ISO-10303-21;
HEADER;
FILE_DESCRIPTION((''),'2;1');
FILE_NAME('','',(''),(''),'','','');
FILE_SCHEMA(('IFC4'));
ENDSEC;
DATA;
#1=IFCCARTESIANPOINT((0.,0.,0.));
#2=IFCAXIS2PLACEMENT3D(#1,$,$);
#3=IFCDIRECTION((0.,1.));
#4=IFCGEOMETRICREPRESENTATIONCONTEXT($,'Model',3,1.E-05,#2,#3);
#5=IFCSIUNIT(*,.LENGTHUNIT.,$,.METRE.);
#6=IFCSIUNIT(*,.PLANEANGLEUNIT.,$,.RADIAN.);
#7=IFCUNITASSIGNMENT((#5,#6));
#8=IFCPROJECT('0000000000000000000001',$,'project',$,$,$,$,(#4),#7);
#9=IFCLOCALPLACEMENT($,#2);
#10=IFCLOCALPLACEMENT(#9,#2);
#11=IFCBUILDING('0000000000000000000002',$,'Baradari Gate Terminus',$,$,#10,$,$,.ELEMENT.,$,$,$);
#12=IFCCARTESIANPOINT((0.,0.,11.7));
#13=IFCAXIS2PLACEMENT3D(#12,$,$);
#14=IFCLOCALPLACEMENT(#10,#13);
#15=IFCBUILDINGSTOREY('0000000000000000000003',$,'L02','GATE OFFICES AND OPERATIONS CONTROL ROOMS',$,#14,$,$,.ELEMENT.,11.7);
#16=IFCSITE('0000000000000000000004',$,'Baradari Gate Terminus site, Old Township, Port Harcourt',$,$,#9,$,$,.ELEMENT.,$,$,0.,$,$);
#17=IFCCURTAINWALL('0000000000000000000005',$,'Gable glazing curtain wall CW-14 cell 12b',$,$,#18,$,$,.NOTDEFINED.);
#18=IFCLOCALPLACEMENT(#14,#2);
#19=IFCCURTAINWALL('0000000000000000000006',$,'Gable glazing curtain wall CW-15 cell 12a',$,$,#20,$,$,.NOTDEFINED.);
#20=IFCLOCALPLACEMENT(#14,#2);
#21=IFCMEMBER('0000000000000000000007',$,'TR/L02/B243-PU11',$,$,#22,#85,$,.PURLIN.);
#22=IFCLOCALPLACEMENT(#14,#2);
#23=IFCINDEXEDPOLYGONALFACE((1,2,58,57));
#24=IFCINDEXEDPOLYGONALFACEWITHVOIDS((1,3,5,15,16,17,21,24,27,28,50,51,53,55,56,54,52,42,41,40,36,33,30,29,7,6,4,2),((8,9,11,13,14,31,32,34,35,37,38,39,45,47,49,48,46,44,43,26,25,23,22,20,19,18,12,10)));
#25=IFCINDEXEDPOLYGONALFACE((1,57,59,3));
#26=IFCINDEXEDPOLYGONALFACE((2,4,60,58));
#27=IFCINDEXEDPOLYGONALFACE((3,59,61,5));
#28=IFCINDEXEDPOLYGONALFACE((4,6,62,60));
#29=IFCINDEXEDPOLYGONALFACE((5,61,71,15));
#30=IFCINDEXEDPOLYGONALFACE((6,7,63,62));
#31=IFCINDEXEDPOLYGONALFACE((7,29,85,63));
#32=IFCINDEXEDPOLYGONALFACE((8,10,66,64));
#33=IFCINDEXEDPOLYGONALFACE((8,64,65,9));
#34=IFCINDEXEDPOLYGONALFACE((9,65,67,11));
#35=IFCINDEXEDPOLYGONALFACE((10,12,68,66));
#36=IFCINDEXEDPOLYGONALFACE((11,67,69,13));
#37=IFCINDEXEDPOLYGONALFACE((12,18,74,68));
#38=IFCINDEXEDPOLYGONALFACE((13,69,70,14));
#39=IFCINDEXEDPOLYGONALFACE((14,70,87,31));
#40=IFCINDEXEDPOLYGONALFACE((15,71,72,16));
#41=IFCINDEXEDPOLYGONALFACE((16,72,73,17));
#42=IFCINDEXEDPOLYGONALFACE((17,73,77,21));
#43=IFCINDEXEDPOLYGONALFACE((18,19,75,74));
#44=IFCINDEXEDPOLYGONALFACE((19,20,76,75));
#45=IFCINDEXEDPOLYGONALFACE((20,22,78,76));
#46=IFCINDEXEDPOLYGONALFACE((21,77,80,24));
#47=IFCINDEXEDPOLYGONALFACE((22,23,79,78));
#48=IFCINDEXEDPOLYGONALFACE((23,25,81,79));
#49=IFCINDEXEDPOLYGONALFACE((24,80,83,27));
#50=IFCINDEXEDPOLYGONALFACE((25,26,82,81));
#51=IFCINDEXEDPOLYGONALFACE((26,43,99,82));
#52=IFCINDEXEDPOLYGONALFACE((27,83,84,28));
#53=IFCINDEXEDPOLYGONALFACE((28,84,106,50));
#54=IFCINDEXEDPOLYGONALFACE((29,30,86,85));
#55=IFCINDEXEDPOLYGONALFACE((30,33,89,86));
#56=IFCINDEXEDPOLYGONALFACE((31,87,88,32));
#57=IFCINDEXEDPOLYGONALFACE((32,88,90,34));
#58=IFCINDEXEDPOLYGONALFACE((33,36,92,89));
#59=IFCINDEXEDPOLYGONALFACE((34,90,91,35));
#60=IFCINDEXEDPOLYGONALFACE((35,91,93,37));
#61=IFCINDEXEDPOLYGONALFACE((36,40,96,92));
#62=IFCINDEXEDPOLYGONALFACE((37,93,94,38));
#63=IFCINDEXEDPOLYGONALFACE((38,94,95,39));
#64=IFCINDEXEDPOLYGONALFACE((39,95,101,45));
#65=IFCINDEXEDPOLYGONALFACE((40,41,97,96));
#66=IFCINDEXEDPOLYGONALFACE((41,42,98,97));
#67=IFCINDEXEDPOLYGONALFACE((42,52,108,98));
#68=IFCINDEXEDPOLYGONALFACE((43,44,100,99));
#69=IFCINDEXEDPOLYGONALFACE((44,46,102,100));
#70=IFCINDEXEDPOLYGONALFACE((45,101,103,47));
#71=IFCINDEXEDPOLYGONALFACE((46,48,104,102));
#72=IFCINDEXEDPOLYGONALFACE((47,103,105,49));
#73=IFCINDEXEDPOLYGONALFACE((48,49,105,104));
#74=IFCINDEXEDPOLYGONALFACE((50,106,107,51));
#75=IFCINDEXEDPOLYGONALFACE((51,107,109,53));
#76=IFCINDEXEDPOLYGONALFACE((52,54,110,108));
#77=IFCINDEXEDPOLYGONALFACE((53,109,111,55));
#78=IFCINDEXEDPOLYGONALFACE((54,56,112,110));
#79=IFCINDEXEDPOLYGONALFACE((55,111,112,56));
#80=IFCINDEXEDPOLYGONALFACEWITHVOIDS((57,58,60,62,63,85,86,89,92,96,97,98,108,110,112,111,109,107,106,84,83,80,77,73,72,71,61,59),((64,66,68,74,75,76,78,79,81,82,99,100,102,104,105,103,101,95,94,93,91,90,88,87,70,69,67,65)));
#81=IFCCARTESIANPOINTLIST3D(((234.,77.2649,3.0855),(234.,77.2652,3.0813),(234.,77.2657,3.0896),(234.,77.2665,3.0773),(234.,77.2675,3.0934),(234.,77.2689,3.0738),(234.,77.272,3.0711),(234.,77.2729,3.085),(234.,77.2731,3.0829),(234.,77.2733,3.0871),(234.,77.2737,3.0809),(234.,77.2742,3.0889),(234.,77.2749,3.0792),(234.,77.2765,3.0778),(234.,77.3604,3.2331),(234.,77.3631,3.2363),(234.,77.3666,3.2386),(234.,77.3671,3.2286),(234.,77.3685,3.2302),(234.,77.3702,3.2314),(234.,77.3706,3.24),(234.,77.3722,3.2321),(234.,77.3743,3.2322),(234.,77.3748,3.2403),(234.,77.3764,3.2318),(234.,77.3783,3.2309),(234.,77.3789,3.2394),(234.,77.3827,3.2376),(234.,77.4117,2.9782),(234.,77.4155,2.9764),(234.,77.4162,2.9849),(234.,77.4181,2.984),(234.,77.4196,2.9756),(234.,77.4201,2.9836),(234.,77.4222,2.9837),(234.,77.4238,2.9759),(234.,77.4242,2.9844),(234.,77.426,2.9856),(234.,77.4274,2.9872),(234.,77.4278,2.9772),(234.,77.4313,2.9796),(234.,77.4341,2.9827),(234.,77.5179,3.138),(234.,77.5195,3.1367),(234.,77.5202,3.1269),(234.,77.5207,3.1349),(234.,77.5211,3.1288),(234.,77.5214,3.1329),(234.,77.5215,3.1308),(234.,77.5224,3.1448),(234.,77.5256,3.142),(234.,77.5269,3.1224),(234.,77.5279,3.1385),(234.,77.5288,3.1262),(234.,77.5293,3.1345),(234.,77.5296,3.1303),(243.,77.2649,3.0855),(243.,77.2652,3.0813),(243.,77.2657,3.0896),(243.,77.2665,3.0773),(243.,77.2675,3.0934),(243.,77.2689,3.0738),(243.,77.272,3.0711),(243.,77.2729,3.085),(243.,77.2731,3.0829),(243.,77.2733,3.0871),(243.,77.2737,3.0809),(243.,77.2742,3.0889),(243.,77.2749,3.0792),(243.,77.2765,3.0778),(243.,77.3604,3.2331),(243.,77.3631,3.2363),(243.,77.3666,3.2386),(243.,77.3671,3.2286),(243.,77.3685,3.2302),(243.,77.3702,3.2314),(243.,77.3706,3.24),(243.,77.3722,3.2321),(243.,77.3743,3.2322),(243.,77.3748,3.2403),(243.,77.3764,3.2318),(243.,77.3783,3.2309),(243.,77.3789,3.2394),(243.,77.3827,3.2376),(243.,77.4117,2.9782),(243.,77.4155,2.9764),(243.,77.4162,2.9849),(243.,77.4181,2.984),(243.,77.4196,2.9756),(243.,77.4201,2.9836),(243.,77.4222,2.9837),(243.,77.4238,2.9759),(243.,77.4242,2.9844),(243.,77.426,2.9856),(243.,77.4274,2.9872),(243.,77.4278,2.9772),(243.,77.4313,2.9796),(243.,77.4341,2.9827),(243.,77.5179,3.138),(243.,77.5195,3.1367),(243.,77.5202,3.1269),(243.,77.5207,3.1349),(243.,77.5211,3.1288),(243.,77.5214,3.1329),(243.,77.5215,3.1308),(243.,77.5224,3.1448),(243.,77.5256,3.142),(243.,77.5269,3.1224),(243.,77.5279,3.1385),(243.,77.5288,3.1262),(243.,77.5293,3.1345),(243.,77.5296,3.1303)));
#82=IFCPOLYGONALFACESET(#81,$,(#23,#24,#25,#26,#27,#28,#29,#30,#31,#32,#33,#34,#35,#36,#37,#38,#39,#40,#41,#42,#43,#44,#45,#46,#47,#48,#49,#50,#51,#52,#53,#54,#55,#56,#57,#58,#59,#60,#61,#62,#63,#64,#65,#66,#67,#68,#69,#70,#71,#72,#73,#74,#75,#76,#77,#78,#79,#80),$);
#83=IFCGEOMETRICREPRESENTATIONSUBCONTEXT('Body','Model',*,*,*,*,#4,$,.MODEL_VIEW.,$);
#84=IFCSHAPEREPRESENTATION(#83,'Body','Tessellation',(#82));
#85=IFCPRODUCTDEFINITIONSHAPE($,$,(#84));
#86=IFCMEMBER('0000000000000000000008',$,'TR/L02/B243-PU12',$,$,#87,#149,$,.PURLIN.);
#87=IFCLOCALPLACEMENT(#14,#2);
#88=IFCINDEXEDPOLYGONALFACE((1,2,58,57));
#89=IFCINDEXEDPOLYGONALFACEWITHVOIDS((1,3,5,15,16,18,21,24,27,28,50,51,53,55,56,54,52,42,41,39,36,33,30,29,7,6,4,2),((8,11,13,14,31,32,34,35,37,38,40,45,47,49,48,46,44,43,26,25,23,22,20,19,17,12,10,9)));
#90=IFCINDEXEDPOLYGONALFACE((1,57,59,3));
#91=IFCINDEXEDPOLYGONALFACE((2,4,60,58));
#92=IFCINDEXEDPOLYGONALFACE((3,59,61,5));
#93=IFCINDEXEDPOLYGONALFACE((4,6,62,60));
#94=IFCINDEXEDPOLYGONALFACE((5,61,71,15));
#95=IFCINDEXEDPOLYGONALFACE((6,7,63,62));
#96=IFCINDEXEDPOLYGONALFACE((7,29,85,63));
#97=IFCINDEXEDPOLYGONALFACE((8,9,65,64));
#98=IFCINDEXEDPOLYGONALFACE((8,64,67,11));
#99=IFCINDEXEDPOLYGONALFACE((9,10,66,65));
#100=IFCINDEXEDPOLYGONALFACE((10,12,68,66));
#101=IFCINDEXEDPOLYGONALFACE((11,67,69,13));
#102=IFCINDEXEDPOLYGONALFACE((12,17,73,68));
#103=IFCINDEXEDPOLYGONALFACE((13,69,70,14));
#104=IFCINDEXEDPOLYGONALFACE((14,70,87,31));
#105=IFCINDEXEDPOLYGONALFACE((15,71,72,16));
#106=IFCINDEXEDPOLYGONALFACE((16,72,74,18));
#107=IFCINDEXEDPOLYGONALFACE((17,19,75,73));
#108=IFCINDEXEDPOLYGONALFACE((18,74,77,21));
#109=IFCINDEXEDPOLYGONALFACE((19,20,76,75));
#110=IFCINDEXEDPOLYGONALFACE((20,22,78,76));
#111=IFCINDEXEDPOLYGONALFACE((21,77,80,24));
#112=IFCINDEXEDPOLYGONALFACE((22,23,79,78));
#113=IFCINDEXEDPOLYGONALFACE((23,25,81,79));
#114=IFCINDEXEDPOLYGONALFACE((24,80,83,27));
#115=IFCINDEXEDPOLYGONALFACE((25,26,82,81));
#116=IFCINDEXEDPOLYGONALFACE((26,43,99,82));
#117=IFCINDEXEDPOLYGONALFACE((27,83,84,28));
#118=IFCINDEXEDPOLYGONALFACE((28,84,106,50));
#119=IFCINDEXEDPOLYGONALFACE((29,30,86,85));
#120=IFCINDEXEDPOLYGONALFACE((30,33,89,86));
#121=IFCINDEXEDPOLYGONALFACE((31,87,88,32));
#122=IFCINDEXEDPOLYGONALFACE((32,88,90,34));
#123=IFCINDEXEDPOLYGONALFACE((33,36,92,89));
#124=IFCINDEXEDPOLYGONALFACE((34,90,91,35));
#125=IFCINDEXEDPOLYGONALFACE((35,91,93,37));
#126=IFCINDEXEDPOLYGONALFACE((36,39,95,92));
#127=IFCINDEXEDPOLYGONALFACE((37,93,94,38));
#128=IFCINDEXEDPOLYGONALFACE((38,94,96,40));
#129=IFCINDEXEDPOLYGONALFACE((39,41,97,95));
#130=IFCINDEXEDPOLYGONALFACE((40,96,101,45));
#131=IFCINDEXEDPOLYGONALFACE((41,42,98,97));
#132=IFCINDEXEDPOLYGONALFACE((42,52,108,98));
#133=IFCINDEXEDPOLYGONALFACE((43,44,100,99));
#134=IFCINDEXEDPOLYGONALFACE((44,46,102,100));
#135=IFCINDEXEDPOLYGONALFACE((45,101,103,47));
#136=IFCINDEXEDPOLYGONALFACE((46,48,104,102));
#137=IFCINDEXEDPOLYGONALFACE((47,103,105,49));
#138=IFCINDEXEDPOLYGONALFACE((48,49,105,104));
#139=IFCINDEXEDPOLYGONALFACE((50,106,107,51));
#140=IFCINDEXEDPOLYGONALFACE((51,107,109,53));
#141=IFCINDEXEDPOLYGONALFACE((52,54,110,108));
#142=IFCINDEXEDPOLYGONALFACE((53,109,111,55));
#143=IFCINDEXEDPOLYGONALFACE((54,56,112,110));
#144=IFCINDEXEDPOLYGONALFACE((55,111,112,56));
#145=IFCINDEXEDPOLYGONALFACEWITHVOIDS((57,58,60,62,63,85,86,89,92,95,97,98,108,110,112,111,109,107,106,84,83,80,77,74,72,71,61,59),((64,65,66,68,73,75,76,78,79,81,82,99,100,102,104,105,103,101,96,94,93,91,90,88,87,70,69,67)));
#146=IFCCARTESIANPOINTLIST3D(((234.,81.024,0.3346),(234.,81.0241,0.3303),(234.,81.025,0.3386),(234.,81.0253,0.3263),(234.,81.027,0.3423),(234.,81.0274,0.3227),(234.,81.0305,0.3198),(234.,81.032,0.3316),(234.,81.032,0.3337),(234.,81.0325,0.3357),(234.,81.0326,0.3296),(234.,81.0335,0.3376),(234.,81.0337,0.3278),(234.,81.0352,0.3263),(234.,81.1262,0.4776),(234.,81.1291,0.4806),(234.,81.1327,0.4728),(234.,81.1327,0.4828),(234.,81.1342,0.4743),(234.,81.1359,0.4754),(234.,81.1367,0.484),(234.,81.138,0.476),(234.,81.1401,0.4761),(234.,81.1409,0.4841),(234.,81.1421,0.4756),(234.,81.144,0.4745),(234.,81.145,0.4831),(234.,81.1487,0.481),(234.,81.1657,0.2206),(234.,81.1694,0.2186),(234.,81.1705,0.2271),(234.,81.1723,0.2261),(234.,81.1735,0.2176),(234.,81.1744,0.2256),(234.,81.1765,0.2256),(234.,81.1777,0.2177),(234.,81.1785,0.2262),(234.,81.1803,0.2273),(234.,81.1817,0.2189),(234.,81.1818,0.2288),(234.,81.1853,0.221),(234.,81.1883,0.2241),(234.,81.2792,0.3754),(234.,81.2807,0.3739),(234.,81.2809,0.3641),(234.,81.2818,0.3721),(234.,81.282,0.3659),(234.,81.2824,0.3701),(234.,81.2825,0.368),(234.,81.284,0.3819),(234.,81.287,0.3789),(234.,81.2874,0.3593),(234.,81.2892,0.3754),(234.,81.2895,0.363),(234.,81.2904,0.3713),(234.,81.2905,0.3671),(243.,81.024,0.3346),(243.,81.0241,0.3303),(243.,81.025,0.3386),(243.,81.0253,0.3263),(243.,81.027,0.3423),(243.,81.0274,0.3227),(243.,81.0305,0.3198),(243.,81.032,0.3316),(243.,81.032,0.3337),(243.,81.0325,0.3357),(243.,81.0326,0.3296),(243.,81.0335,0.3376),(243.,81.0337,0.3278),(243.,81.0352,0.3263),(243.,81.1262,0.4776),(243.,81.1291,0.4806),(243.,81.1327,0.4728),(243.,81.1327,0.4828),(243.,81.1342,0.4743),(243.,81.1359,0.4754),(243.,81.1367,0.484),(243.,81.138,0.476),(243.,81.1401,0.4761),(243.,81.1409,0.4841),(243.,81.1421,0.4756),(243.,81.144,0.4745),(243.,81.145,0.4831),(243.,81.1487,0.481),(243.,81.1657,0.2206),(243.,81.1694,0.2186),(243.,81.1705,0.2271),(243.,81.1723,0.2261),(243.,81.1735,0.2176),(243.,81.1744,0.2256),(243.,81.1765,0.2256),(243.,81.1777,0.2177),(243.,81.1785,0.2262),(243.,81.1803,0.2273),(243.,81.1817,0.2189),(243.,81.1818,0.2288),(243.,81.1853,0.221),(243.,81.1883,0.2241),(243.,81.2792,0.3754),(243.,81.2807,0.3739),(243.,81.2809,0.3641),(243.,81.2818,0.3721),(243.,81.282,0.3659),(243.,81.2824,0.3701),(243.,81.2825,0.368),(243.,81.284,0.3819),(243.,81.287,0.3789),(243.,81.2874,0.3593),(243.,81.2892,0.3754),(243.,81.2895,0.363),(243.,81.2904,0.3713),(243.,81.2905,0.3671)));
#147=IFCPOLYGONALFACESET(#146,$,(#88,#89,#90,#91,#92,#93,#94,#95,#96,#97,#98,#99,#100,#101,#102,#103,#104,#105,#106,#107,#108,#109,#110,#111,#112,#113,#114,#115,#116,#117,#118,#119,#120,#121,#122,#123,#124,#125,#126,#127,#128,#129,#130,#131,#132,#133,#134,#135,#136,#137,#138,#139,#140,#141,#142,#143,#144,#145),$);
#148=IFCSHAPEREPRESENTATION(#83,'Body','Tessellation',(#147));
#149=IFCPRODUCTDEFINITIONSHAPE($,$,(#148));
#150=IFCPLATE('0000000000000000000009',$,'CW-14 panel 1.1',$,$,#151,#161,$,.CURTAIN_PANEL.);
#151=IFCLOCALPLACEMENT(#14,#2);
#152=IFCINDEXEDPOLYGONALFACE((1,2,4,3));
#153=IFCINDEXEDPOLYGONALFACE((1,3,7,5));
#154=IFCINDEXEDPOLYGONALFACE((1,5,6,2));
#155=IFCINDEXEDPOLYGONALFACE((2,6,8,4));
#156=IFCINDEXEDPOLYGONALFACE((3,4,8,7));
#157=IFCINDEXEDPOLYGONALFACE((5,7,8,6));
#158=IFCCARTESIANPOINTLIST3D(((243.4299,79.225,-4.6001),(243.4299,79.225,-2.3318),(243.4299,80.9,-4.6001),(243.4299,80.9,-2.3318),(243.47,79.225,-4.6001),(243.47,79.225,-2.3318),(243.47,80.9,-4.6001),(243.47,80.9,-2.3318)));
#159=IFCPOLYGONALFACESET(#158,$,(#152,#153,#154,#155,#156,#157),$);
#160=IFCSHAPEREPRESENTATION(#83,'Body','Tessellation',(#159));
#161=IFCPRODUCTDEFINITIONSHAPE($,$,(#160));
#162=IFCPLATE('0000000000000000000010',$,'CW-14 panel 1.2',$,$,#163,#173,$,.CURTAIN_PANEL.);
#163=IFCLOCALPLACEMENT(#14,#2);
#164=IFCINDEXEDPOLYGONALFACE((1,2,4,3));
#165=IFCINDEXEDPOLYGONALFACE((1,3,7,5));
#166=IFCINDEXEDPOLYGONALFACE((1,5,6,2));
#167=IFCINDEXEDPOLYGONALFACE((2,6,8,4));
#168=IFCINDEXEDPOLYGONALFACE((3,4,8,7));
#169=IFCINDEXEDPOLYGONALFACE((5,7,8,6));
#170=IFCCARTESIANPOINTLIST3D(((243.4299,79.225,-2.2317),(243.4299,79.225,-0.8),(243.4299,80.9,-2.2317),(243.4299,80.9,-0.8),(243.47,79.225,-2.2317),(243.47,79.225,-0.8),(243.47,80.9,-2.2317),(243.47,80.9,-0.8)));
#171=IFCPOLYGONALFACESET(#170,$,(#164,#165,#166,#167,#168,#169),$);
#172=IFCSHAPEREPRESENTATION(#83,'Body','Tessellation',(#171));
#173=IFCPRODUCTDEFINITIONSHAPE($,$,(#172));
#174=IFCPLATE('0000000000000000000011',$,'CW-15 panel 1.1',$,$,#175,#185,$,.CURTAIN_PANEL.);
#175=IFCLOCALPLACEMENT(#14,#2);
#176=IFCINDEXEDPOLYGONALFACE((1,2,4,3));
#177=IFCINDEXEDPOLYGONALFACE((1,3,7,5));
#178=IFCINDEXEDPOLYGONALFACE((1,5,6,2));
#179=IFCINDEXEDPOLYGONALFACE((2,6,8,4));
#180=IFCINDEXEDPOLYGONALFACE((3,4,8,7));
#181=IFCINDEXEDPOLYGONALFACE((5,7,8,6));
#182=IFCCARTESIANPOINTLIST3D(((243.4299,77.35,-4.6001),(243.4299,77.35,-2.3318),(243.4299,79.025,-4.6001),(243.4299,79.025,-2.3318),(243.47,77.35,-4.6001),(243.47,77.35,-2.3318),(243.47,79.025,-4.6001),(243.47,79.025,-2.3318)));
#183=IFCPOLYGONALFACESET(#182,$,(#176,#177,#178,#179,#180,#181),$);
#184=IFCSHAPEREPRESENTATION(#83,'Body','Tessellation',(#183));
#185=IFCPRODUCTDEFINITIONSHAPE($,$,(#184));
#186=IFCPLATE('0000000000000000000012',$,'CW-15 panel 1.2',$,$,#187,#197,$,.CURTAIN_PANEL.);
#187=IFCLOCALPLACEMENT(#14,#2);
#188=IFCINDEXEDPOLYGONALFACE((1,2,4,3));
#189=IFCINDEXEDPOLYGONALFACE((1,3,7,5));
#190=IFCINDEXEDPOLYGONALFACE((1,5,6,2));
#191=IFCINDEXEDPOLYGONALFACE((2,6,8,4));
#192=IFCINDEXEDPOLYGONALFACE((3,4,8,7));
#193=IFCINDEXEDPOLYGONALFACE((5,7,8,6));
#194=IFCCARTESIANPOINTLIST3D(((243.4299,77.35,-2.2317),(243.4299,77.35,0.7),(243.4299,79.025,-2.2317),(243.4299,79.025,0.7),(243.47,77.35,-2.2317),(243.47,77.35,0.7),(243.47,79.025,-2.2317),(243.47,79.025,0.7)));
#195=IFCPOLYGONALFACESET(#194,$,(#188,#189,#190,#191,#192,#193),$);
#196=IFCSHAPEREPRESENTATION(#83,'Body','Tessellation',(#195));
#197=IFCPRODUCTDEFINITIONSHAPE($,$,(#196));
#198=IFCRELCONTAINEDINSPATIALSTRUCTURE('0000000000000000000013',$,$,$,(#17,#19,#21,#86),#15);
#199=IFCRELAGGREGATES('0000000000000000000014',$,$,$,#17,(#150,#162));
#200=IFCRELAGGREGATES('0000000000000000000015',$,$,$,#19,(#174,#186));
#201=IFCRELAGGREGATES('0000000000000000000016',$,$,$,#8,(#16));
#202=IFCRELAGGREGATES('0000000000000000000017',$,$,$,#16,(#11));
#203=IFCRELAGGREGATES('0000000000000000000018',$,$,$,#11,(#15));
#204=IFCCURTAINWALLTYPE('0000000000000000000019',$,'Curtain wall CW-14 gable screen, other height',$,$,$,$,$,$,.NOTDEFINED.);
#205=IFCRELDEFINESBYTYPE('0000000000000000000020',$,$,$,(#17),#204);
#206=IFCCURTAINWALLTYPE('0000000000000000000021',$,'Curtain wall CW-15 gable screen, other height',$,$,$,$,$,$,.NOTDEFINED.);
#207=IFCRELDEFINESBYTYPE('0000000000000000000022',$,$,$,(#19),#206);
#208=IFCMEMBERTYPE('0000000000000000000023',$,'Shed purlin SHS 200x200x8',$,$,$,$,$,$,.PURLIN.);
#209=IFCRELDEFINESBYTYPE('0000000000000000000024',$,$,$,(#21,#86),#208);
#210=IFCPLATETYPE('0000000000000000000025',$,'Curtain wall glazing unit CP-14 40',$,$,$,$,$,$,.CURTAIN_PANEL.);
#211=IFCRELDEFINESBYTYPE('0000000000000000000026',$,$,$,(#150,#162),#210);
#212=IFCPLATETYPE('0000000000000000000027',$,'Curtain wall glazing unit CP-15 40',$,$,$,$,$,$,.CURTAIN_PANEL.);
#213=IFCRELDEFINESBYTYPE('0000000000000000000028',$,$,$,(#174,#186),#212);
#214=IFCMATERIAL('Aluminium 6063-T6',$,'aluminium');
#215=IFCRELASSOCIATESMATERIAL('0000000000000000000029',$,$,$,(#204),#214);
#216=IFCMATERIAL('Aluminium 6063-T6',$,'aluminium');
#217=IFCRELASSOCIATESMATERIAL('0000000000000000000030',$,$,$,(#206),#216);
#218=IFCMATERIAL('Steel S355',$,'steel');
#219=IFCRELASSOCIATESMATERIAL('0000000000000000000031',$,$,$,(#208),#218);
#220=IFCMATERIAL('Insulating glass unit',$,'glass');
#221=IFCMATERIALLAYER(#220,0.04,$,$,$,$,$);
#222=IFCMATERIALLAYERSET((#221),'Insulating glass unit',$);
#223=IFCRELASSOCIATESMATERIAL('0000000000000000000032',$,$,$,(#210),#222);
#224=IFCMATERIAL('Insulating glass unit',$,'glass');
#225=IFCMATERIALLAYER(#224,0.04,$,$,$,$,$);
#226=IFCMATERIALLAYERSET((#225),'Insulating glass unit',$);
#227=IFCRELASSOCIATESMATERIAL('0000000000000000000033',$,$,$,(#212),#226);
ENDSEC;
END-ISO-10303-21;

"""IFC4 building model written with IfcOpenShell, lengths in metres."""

from ifc_helpers import new_model, si_unit, direction, frame, origin, origin_2d, place, context, subcontext, project, spatial, rectangle, hollow_rectangle, extrude, material, layer, layer_set, material_profile, profile_set, type_object, element, aggregate, save


model = new_model("IFC4")

# Units and contexts
model_context = context("Model", 3, precision=1e-05, world=origin(), true_north=direction((0.0, 1.0)))
body_context = subcontext(model_context, "Body", "Model", "MODEL_VIEW")
ifc_project = project(units=[si_unit("LENGTHUNIT", "METRE"), si_unit("PLANEANGLEUNIT", "RADIAN")], contexts=[model_context])

# Site, building, storey
site_placement = place(None, origin())
site = spatial("IfcSite", under=ifc_project, at=site_placement, Name="Baradari Gate Terminus site, Old Township, Port Harcourt", CompositionType="ELEMENT", RefElevation=0.0)
building_placement = place(site_placement, origin())
building = spatial("IfcBuilding", under=site, at=building_placement, Name="Baradari Gate Terminus", CompositionType="ELEMENT")
storey_placement = place(building_placement, frame((0.0, 0.0, 11.7)))
storey = spatial("IfcBuildingStorey", under=building, at=storey_placement, Name="L02", Description="GATE OFFICES AND OPERATIONS CONTROL ROOMS", CompositionType="ELEMENT", Elevation=11.7)

# Curtain walls
ifc_material_1 = material(Name="Aluminium 6063-T6", Category="aluminium")
curtain_wall_type_1 = type_object("IfcCurtainWallType", Name="Curtain wall CW-14 gable screen, other height", PredefinedType="NOTDEFINED", material=ifc_material_1)
curtain_wall_1_placement = place(storey_placement, origin())
curtain_wall_1 = element("IfcCurtainWall", 1, at=curtain_wall_1_placement, inside=storey, type_object=curtain_wall_type_1, Name="Gable glazing curtain wall CW-14 cell 12b", PredefinedType="NOTDEFINED")
ifc_material_2 = material(Name="Aluminium 6063-T6", Category="aluminium")
curtain_wall_type_2 = type_object("IfcCurtainWallType", Name="Curtain wall CW-15 gable screen, other height", PredefinedType="NOTDEFINED", material=ifc_material_2)
curtain_wall_2_placement = place(storey_placement, origin())
curtain_wall_2 = element("IfcCurtainWall", 2, at=curtain_wall_2_placement, inside=storey, type_object=curtain_wall_type_2, Name="Gable glazing curtain wall CW-15 cell 12a", PredefinedType="NOTDEFINED")

# Members
ifc_material_3 = material(Name="Steel S355", Category="steel")
ifc_material_profile_1 = material_profile(ifc_material_3, hollow_rectangle(XDim=0.2, YDim=0.2, WallThickness=0.0081, InnerFilletRadius=0.0081, OuterFilletRadius=0.0161, at=origin_2d()), Name="SHS 200x200x8")
ifc_profile_set_1 = profile_set([ifc_material_profile_1], Name="Steel S355")
member_type_1 = type_object("IfcMemberType", Name="Shed purlin SHS 200x200x8", PredefinedType="PURLIN", material=ifc_profile_set_1)
for number, where, z_axis, x_axis, name in (
    (3, (234.0, 77.3972, 3.1079), (1.0, 0.0, 0.0), (0.0, 0.832836, -0.553519), "TR/L02/B243-PU11"),
    (4, (234.0, 81.1572, 0.3508), (1.0, 0.0, 0.0), (0.0, 0.806405, -0.591364), "TR/L02/B243-PU12"),
):
    element("IfcMember", number, at=place(storey_placement, frame(where, z_axis=z_axis, x_axis=x_axis)), inside=storey, type_object=member_type_1, Name=name, PredefinedType="PURLIN", context=body_context, shape_type="SweptSolid", body=[
        extrude(hollow_rectangle(XDim=0.2, YDim=0.2, WallThickness=0.0081, InnerFilletRadius=0.0081, OuterFilletRadius=0.0161, at=origin_2d()), origin(), (0.0, 0.0, 1.0), 9.0),
    ])

# Plates
ifc_material_4 = material(Name="Insulating glass unit", Category="glass")
ifc_layer_1 = layer(ifc_material_4, 0.04)
ifc_layer_set_1 = layer_set([ifc_layer_1], Name="Insulating glass unit")
plate_type_1 = type_object("IfcPlateType", Name="Curtain wall glazing unit CP-14 40", PredefinedType="CURTAIN_PANEL", material=ifc_layer_set_1)
plate_1_placement = place(storey_placement, frame((243.45, 80.0625, -4.6001), z_axis=(0.0, 0.0, 1.0), x_axis=(0.0, 1.0, 0.0)))
plate_1 = element("IfcPlate", 5, at=plate_1_placement, type_object=plate_type_1, Name="CW-14 panel 1.1", PredefinedType="CURTAIN_PANEL", context=body_context, shape_type="SweptSolid", body=[
    extrude(rectangle(XDim=1.675, YDim=0.04, at=origin_2d()), origin(), (0.0, 0.0, 1.0), 2.2683),
])
plate_2_placement = place(storey_placement, frame((243.45, 80.0625, -2.2317), z_axis=(0.0, 0.0, 1.0), x_axis=(0.0, 1.0, 0.0)))
plate_2 = element("IfcPlate", 6, at=plate_2_placement, type_object=plate_type_1, Name="CW-14 panel 1.2", PredefinedType="CURTAIN_PANEL", context=body_context, shape_type="SweptSolid", body=[
    extrude(rectangle(XDim=1.675, YDim=0.04, at=origin_2d()), origin(), (0.0, 0.0, 1.0), 1.4316),
])
aggregate(curtain_wall_1, [plate_1, plate_2])
ifc_material_5 = material(Name="Insulating glass unit", Category="glass")
ifc_layer_2 = layer(ifc_material_5, 0.04)
ifc_layer_set_2 = layer_set([ifc_layer_2], Name="Insulating glass unit")
plate_type_2 = type_object("IfcPlateType", Name="Curtain wall glazing unit CP-15 40", PredefinedType="CURTAIN_PANEL", material=ifc_layer_set_2)
plate_3_placement = place(storey_placement, frame((243.45, 78.1875, -4.6001), z_axis=(0.0, 0.0, 1.0), x_axis=(0.0, 1.0, 0.0)))
plate_3 = element("IfcPlate", 7, at=plate_3_placement, type_object=plate_type_2, Name="CW-15 panel 1.1", PredefinedType="CURTAIN_PANEL", context=body_context, shape_type="SweptSolid", body=[
    extrude(rectangle(XDim=1.675, YDim=0.04, at=origin_2d()), origin(), (0.0, 0.0, 1.0), 2.2683),
])
plate_4_placement = place(storey_placement, frame((243.45, 78.1875, -2.2317), z_axis=(0.0, 0.0, 1.0), x_axis=(0.0, 1.0, 0.0)))
plate_4 = element("IfcPlate", 8, at=plate_4_placement, type_object=plate_type_2, Name="CW-15 panel 1.2", PredefinedType="CURTAIN_PANEL", context=body_context, shape_type="SweptSolid", body=[
    extrude(rectangle(XDim=1.675, YDim=0.04, at=origin_2d()), origin(), (0.0, 0.0, 1.0), 2.9316),
])
aggregate(curtain_wall_2, [plate_3, plate_4])

save(model, "model.ifc")
